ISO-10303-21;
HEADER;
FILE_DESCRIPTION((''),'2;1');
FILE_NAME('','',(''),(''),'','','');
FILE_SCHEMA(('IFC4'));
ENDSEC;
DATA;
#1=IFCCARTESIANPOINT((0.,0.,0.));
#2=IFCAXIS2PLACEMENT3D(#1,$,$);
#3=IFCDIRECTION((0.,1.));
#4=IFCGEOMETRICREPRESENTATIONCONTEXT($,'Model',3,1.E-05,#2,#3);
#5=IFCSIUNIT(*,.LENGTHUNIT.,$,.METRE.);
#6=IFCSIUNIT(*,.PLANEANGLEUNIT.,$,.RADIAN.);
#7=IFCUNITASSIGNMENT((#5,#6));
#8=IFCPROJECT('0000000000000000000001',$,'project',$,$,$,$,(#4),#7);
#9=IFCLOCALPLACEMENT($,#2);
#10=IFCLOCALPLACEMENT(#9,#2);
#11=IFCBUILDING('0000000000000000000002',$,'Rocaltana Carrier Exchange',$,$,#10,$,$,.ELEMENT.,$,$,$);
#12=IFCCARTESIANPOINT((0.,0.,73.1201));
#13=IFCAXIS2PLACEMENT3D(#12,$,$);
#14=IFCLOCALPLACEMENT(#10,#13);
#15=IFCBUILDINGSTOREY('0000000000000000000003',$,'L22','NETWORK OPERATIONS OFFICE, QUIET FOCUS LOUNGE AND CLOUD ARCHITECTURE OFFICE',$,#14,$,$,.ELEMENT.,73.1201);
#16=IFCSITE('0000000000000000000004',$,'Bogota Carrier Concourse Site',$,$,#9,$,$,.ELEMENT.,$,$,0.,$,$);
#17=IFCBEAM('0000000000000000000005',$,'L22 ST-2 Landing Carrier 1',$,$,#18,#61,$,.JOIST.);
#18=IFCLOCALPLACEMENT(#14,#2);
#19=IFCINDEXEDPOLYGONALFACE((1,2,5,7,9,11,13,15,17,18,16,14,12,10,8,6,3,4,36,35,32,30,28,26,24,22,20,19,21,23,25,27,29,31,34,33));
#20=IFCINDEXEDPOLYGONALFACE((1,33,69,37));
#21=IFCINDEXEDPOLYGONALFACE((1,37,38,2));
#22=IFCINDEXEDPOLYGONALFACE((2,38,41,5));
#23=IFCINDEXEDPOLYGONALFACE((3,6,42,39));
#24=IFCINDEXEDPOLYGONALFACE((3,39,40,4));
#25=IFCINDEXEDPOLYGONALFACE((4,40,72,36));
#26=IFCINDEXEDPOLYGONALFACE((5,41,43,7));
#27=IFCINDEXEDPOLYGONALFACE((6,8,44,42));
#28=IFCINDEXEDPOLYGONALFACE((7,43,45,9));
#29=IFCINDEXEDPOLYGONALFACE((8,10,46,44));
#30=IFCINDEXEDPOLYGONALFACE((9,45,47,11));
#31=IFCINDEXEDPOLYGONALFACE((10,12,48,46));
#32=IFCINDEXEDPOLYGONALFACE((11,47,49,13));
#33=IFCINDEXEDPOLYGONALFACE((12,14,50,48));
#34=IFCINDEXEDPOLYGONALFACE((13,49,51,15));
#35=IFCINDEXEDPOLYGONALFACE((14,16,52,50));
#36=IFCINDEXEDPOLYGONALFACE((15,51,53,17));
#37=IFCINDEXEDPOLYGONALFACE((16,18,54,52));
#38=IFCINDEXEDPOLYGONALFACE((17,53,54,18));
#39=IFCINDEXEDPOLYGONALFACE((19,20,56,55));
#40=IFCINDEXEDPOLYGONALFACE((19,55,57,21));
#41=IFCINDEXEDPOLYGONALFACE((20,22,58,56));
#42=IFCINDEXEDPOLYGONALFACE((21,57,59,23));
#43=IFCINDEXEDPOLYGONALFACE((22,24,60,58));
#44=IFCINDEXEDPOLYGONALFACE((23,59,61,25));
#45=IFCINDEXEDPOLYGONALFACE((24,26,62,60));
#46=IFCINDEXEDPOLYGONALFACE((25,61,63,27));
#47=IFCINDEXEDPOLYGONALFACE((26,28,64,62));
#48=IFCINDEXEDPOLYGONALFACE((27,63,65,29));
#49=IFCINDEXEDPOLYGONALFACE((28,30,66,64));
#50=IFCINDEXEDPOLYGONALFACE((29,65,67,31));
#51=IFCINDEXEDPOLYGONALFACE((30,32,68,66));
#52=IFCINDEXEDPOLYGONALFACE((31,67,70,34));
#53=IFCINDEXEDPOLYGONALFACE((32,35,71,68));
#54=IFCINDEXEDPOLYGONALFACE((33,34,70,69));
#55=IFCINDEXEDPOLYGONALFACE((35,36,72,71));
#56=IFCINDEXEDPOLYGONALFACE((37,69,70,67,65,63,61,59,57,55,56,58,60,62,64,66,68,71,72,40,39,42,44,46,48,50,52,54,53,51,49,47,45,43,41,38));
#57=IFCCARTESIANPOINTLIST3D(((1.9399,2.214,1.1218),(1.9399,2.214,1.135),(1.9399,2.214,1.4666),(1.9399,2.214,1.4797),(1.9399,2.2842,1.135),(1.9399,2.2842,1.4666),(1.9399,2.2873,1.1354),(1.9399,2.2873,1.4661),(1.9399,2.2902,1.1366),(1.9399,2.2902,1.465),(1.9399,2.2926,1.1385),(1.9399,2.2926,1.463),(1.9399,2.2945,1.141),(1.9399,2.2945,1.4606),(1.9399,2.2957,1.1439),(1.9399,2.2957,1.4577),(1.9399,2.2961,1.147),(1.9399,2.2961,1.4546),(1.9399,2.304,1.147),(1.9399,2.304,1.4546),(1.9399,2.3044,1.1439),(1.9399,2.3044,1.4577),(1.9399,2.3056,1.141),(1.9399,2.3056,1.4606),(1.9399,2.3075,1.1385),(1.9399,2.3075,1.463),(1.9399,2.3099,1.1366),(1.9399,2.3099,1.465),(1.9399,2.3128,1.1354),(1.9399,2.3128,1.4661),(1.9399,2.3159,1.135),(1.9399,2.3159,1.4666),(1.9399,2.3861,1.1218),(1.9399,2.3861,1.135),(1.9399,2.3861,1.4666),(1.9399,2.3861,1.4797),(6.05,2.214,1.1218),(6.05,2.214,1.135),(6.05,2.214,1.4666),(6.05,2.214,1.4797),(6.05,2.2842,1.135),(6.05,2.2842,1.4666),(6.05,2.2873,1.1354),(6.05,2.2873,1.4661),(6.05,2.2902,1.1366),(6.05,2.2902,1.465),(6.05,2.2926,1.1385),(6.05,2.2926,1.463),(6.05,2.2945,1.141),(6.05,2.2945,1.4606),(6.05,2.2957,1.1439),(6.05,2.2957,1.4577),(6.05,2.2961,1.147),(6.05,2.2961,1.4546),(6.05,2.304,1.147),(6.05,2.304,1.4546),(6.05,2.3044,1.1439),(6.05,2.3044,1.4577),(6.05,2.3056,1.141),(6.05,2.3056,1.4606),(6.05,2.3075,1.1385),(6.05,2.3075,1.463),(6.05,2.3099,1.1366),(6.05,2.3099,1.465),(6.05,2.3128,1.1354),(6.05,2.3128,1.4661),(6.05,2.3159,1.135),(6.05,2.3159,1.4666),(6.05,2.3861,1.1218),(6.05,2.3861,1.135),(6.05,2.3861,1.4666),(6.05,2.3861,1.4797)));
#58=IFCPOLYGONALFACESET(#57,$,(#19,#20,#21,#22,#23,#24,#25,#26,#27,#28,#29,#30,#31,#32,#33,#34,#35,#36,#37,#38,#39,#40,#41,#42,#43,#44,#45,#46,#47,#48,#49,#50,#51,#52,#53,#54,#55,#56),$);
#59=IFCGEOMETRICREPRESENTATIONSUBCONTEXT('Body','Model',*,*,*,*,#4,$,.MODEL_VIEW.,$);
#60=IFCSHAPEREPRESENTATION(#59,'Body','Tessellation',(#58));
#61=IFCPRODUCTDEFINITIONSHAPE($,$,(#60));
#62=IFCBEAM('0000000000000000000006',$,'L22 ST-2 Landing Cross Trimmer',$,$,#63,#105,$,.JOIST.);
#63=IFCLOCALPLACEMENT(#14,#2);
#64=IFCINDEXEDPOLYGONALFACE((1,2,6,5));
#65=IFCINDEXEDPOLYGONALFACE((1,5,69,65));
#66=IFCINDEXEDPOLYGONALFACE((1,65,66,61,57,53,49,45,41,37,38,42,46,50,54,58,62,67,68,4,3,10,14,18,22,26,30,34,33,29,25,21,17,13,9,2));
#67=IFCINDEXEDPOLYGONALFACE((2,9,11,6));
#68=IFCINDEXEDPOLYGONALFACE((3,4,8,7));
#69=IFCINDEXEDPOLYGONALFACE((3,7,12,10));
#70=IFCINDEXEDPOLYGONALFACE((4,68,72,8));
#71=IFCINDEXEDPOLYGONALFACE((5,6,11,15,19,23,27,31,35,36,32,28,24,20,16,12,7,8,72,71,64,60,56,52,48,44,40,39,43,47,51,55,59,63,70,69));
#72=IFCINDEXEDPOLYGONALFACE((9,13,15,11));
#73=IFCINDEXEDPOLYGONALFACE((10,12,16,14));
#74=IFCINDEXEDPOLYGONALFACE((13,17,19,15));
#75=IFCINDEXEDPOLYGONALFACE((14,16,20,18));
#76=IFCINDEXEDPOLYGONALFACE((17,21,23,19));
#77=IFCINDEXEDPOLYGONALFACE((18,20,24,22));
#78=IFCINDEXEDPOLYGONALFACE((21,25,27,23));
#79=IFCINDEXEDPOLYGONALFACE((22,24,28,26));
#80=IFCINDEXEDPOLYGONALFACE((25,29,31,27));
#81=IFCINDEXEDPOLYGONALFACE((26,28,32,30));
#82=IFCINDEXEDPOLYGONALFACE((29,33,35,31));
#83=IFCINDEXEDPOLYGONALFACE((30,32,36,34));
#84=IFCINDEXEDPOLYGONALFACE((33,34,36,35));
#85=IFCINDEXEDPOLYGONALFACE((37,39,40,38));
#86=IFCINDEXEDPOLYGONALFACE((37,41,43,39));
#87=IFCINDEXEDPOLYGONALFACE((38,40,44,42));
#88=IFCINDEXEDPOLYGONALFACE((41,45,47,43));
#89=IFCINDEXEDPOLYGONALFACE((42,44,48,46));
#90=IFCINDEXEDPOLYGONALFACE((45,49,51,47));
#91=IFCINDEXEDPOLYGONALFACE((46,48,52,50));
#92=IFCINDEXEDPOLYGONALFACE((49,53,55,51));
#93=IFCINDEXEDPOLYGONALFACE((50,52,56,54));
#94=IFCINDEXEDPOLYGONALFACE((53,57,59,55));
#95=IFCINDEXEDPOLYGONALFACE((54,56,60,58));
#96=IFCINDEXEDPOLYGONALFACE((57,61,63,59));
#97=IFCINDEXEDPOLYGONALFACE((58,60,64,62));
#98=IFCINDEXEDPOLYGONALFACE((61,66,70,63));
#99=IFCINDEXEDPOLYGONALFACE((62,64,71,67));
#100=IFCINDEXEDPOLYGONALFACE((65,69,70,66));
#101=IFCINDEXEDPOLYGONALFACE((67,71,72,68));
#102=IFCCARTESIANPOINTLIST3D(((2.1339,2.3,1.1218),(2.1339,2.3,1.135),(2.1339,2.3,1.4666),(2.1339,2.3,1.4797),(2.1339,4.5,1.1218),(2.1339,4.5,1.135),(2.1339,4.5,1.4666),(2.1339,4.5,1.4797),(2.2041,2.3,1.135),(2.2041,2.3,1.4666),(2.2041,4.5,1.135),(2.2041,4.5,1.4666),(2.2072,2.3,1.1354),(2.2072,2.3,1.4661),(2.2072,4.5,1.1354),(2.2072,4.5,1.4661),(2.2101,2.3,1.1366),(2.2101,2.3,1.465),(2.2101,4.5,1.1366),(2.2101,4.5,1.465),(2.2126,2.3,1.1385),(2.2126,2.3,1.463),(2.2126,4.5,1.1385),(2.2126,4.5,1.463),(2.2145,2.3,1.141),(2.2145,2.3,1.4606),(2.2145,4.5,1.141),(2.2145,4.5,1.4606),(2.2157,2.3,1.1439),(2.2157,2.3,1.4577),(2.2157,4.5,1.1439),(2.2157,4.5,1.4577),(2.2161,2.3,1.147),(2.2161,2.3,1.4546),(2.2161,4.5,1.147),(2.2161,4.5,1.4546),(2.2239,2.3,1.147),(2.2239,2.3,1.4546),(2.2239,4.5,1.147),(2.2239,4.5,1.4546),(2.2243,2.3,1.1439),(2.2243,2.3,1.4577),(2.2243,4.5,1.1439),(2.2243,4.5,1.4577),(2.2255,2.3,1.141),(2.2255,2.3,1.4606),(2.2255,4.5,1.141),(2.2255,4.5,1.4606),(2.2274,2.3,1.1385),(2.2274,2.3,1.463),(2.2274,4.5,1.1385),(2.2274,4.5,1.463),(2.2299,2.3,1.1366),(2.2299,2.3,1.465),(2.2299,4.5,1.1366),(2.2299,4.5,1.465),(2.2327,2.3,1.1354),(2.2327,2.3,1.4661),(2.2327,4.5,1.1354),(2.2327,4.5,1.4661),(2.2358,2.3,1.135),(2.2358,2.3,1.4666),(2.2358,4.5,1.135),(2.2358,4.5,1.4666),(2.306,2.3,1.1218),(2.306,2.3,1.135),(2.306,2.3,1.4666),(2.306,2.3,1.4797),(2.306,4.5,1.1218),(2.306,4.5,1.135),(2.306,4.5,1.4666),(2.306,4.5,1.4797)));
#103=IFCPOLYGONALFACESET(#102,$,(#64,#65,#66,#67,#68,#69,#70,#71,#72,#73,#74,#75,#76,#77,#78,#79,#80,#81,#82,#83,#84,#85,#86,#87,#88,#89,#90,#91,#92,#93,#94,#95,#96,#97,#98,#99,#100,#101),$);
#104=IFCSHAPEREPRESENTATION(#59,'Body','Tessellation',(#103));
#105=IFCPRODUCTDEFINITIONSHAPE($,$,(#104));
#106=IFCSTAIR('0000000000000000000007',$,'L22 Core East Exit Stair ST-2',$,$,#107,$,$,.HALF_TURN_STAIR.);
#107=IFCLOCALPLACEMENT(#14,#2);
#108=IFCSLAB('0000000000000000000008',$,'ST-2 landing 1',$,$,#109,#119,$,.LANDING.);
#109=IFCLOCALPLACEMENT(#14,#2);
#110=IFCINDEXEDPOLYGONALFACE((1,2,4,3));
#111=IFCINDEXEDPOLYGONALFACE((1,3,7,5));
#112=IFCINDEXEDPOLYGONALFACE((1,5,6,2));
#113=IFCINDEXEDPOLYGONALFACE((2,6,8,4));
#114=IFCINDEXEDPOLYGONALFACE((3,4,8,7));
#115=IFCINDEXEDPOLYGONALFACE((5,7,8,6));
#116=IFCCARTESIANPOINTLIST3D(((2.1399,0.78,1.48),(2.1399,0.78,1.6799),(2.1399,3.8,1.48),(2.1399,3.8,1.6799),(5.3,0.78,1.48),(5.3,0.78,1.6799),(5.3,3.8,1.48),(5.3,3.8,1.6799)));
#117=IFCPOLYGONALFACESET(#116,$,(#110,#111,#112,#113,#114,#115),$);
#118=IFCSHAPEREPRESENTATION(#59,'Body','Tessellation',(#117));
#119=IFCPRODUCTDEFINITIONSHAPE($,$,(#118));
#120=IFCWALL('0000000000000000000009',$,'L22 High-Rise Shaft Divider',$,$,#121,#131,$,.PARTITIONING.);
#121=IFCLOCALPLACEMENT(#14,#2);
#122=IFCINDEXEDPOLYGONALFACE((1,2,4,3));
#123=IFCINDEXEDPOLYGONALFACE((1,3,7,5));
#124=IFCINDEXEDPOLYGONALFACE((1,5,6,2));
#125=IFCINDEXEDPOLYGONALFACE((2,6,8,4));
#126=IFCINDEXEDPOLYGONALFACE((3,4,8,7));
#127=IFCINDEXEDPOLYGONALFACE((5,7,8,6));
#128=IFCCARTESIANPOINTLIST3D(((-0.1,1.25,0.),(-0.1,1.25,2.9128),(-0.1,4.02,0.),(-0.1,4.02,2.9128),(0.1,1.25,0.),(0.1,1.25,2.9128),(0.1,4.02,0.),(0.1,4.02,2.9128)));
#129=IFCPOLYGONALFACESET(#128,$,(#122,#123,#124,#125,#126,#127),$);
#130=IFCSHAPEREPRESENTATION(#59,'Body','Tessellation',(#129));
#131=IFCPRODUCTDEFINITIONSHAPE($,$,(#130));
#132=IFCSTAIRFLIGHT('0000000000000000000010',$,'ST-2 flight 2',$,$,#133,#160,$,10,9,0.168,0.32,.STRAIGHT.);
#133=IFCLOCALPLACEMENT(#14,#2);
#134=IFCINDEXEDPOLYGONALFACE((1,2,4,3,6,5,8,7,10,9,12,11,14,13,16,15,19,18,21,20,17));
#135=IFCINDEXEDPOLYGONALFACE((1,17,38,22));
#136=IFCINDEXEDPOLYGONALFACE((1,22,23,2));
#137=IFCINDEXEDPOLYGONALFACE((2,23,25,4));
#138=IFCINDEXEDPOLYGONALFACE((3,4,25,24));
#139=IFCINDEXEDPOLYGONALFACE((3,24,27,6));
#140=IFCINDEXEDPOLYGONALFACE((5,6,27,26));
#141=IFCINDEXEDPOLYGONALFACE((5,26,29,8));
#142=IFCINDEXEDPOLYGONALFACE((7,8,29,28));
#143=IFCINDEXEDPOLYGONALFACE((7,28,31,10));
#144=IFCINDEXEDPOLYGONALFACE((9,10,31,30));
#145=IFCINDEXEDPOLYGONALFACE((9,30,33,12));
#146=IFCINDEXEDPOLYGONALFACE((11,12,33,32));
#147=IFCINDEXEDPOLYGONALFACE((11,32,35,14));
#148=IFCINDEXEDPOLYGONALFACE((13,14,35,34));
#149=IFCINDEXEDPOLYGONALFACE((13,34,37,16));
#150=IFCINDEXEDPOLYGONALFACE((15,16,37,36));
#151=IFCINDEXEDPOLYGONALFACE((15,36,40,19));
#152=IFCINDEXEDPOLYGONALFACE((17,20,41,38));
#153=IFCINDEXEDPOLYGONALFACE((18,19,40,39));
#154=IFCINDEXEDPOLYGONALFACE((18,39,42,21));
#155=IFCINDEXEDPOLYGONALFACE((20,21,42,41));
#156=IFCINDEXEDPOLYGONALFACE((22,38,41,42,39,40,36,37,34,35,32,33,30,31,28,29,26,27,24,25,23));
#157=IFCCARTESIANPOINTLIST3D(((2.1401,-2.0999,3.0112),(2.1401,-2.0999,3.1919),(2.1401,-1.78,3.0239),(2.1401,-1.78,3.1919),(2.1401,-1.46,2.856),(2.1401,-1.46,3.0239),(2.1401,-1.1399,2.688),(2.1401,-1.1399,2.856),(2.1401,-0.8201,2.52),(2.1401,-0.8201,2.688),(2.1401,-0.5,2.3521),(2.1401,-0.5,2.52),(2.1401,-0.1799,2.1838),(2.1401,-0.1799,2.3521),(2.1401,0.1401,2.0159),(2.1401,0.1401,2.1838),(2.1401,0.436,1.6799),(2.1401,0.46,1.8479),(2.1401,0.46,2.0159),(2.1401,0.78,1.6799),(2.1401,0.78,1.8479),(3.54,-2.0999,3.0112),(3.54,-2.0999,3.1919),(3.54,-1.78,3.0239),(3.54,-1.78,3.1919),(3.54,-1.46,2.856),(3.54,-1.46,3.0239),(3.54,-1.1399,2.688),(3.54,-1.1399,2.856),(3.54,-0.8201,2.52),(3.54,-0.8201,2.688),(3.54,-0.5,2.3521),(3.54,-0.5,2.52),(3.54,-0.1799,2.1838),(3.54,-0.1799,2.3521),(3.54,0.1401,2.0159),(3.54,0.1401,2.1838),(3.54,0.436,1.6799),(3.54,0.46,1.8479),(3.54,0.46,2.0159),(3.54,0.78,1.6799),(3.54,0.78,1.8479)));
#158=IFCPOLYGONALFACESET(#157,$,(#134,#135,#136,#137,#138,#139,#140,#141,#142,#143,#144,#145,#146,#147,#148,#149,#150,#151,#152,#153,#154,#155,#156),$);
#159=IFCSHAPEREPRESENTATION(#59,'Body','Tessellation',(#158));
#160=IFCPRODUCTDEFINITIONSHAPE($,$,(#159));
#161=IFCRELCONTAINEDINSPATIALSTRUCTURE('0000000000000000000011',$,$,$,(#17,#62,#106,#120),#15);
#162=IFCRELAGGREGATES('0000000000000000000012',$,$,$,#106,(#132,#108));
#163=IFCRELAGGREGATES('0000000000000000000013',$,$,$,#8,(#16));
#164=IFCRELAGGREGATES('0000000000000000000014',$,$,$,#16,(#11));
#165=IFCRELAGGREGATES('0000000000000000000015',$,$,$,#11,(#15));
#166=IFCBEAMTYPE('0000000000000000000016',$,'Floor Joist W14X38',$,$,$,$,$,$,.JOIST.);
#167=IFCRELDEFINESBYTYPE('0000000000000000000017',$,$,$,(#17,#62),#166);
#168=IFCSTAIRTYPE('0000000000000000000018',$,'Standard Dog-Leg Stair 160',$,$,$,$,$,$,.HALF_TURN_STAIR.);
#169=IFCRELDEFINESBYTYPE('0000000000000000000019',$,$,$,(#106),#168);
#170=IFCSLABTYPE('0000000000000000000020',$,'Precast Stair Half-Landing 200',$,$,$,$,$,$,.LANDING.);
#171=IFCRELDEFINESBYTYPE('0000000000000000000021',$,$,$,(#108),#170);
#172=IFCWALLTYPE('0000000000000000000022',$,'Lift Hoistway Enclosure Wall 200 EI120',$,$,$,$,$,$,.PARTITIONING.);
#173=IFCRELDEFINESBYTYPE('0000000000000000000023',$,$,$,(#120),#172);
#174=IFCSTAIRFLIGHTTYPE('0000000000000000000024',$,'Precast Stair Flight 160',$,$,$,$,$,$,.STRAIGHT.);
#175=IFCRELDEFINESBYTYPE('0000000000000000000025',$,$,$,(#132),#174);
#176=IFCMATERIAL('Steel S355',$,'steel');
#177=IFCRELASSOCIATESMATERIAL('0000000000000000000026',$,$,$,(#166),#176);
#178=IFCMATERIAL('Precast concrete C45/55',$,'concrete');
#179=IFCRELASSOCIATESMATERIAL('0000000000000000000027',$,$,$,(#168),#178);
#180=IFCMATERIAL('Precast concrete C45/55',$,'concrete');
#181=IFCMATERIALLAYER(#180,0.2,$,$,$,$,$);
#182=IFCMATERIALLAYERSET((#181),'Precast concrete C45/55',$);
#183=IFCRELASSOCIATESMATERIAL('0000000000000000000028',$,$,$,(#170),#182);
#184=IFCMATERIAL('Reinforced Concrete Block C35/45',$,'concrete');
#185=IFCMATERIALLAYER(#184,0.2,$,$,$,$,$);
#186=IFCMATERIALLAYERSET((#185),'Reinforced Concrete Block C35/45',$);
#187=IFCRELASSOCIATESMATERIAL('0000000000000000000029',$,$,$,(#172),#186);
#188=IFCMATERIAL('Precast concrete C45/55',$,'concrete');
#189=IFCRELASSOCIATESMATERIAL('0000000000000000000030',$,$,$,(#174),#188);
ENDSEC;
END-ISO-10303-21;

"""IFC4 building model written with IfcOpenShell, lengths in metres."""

from ifc_helpers import new_model, si_unit, direction, frame, frame_2d, origin, origin_2d, place, context, subcontext, project, spatial, polyline, rectangle, i_section, outline, extrude, material, layer, layer_set, material_profile, profile_set, type_object, element, aggregate, save


model = new_model("IFC4")

# Units and contexts
model_context = context("Model", 3, precision=1e-05, world=origin(), true_north=direction((0.0, 1.0)))
body_context = subcontext(model_context, "Body", "Model", "MODEL_VIEW")
ifc_project = project(units=[si_unit("LENGTHUNIT", "METRE"), si_unit("PLANEANGLEUNIT", "RADIAN")], contexts=[model_context])

# Site, building, storey
site_placement = place(None, origin())
site = spatial("IfcSite", under=ifc_project, at=site_placement, Name="Bogota Carrier Concourse Site", CompositionType="ELEMENT", RefElevation=0.0)
building_placement = place(site_placement, origin())
building = spatial("IfcBuilding", under=site, at=building_placement, Name="Rocaltana Carrier Exchange", CompositionType="ELEMENT")
storey_placement = place(building_placement, frame((0.0, 0.0, 73.1201)))
storey = spatial("IfcBuildingStorey", under=building, at=storey_placement, Name="L22", Description="NETWORK OPERATIONS OFFICE, QUIET FOCUS LOUNGE AND CLOUD ARCHITECTURE OFFICE", CompositionType="ELEMENT", Elevation=73.1201)

# Beams
ifc_material_1 = material(Name="Steel S355", Category="steel")
ifc_material_profile = material_profile(ifc_material_1, i_section(OverallWidth=0.1721, OverallDepth=0.3579, WebThickness=0.0078, FlangeThickness=0.0132, FilletRadius=0.012, at=origin_2d()), Name="W14X38")
ifc_profile_set = profile_set([ifc_material_profile], Name="Steel S355")
beam_type = type_object("IfcBeamType", Name="Floor Joist W14X38", PredefinedType="JOIST", material=ifc_profile_set)
beam_1_placement = place(storey_placement, frame((1.9399, 2.3, 1.3008), z_axis=(1.0, 0.0, 0.0), x_axis=(0.0, 1.0, 0.0)))
element("IfcBeam", 1, at=beam_1_placement, inside=storey, type_object=beam_type, Name="L22 ST-2 Landing Carrier 1", PredefinedType="JOIST", context=body_context, shape_type="SweptSolid", body=[
    extrude(i_section(OverallWidth=0.1721, OverallDepth=0.3579, WebThickness=0.0078, FlangeThickness=0.0132, FilletRadius=0.012, at=origin_2d()), origin(), (0.0, 0.0, 1.0), 4.1101),
])
beam_2_placement = place(storey_placement, frame((2.22, 2.3, 1.3008), z_axis=(0.0, 1.0, 0.0), x_axis=(-1.0, 0.0, 0.0)))
element("IfcBeam", 2, at=beam_2_placement, inside=storey, type_object=beam_type, Name="L22 ST-2 Landing Cross Trimmer", PredefinedType="JOIST", context=body_context, shape_type="SweptSolid", body=[
    extrude(i_section(OverallWidth=0.1721, OverallDepth=0.3579, WebThickness=0.0078, FlangeThickness=0.0132, FilletRadius=0.012, at=origin_2d()), origin(), (0.0, 0.0, 1.0), 2.2),
])

# Stair, slab
ifc_material_2 = material(Name="Precast concrete C45/55", Category="concrete")
stair_type = type_object("IfcStairType", Name="Standard Dog-Leg Stair 160", PredefinedType="HALF_TURN_STAIR", material=ifc_material_2)
stair_placement = place(storey_placement, origin())
stair = element("IfcStair", 3, at=stair_placement, inside=storey, type_object=stair_type, Name="L22 Core East Exit Stair ST-2", PredefinedType="HALF_TURN_STAIR")
ifc_material_3 = material(Name="Precast concrete C45/55", Category="concrete")
ifc_layer_1 = layer(ifc_material_3, 0.2)
ifc_layer_set_1 = layer_set([ifc_layer_1], Name="Precast concrete C45/55")
slab_type = type_object("IfcSlabType", Name="Precast Stair Half-Landing 200", PredefinedType="LANDING", material=ifc_layer_set_1)
slab_placement = place(storey_placement, frame((0.0, 0.0, 1.48)))
slab = element("IfcSlab", 4, at=slab_placement, type_object=slab_type, Name="ST-2 landing 1", PredefinedType="LANDING", context=body_context, shape_type="SweptSolid", body=[
    extrude(outline(polyline([(5.3, 0.78), (5.3, 3.8), (2.1399, 3.8), (2.1399, 0.78), (5.3, 0.78)])), origin(), (0.0, 0.0, 1.0), 0.2),
])

# Wall
ifc_material_4 = material(Name="Reinforced Concrete Block C35/45", Category="concrete")
ifc_layer_2 = layer(ifc_material_4, 0.2)
ifc_layer_set_2 = layer_set([ifc_layer_2], Name="Reinforced Concrete Block C35/45")
wall_type = type_object("IfcWallType", Name="Lift Hoistway Enclosure Wall 200 EI120", PredefinedType="PARTITIONING", material=ifc_layer_set_2)
wall_placement = place(storey_placement, frame((0.0, 1.25, 0.0), z_axis=(0.0, 0.0, 1.0), x_axis=(0.0, 1.0, 0.0)))
element("IfcWall", 5, at=wall_placement, inside=storey, type_object=wall_type, Name="L22 High-Rise Shaft Divider", PredefinedType="PARTITIONING", context=body_context, shape_type="SweptSolid", body=[
    extrude(rectangle(XDim=2.77, YDim=0.2, at=frame_2d((1.385, 0.0))), origin(), (0.0, 0.0, 1.0), 2.9128),
])

# Stair flight
ifc_material_5 = material(Name="Precast concrete C45/55", Category="concrete")
stair_flight_type = type_object("IfcStairFlightType", Name="Precast Stair Flight 160", PredefinedType="STRAIGHT", material=ifc_material_5)
stair_flight_placement = place(storey_placement, frame((2.8401, 0.78, 1.6799), z_axis=(0.0, 0.0, 1.0), x_axis=(0.0, -1.0, 0.0)))
stair_flight = element("IfcStairFlight", 6, at=stair_flight_placement, type_object=stair_flight_type, Name="ST-2 flight 2", NumberOfRisers=10, NumberOfTreads=9, PredefinedType="STRAIGHT", RiserHeight=0.168, TreadLength=0.32, context=body_context, shape_type="SweptSolid", body=[
    extrude(outline(polyline([(0.0, 0.0), (0.0, 0.168), (0.3201, 0.168), (0.3201, 0.3359), (0.6399, 0.3359), (0.6399, 0.5039), (0.96, 0.5039), (0.96, 0.6721), (1.28, 0.6721), (1.28, 0.8401), (1.6001, 0.8401), (1.6001, 1.0081), (1.9199, 1.0081), (1.9199, 1.176), (2.24, 1.176), (2.24, 1.344), (2.5601, 1.344), (2.5601, 1.512), (2.8799, 1.512), (2.8799, 1.6799), (2.8799, 1.3313), (0.344, 0.0), (0.0, 0.0)])), frame((0.0, 0.7, 0.0), z_axis=(0.0, -1.0, 0.0), x_axis=(1.0, 0.0, 0.0)), (0.0, 0.0, 1.0), 1.3999),
])
aggregate(stair, [stair_flight, slab])

save(model, "model.ifc")
